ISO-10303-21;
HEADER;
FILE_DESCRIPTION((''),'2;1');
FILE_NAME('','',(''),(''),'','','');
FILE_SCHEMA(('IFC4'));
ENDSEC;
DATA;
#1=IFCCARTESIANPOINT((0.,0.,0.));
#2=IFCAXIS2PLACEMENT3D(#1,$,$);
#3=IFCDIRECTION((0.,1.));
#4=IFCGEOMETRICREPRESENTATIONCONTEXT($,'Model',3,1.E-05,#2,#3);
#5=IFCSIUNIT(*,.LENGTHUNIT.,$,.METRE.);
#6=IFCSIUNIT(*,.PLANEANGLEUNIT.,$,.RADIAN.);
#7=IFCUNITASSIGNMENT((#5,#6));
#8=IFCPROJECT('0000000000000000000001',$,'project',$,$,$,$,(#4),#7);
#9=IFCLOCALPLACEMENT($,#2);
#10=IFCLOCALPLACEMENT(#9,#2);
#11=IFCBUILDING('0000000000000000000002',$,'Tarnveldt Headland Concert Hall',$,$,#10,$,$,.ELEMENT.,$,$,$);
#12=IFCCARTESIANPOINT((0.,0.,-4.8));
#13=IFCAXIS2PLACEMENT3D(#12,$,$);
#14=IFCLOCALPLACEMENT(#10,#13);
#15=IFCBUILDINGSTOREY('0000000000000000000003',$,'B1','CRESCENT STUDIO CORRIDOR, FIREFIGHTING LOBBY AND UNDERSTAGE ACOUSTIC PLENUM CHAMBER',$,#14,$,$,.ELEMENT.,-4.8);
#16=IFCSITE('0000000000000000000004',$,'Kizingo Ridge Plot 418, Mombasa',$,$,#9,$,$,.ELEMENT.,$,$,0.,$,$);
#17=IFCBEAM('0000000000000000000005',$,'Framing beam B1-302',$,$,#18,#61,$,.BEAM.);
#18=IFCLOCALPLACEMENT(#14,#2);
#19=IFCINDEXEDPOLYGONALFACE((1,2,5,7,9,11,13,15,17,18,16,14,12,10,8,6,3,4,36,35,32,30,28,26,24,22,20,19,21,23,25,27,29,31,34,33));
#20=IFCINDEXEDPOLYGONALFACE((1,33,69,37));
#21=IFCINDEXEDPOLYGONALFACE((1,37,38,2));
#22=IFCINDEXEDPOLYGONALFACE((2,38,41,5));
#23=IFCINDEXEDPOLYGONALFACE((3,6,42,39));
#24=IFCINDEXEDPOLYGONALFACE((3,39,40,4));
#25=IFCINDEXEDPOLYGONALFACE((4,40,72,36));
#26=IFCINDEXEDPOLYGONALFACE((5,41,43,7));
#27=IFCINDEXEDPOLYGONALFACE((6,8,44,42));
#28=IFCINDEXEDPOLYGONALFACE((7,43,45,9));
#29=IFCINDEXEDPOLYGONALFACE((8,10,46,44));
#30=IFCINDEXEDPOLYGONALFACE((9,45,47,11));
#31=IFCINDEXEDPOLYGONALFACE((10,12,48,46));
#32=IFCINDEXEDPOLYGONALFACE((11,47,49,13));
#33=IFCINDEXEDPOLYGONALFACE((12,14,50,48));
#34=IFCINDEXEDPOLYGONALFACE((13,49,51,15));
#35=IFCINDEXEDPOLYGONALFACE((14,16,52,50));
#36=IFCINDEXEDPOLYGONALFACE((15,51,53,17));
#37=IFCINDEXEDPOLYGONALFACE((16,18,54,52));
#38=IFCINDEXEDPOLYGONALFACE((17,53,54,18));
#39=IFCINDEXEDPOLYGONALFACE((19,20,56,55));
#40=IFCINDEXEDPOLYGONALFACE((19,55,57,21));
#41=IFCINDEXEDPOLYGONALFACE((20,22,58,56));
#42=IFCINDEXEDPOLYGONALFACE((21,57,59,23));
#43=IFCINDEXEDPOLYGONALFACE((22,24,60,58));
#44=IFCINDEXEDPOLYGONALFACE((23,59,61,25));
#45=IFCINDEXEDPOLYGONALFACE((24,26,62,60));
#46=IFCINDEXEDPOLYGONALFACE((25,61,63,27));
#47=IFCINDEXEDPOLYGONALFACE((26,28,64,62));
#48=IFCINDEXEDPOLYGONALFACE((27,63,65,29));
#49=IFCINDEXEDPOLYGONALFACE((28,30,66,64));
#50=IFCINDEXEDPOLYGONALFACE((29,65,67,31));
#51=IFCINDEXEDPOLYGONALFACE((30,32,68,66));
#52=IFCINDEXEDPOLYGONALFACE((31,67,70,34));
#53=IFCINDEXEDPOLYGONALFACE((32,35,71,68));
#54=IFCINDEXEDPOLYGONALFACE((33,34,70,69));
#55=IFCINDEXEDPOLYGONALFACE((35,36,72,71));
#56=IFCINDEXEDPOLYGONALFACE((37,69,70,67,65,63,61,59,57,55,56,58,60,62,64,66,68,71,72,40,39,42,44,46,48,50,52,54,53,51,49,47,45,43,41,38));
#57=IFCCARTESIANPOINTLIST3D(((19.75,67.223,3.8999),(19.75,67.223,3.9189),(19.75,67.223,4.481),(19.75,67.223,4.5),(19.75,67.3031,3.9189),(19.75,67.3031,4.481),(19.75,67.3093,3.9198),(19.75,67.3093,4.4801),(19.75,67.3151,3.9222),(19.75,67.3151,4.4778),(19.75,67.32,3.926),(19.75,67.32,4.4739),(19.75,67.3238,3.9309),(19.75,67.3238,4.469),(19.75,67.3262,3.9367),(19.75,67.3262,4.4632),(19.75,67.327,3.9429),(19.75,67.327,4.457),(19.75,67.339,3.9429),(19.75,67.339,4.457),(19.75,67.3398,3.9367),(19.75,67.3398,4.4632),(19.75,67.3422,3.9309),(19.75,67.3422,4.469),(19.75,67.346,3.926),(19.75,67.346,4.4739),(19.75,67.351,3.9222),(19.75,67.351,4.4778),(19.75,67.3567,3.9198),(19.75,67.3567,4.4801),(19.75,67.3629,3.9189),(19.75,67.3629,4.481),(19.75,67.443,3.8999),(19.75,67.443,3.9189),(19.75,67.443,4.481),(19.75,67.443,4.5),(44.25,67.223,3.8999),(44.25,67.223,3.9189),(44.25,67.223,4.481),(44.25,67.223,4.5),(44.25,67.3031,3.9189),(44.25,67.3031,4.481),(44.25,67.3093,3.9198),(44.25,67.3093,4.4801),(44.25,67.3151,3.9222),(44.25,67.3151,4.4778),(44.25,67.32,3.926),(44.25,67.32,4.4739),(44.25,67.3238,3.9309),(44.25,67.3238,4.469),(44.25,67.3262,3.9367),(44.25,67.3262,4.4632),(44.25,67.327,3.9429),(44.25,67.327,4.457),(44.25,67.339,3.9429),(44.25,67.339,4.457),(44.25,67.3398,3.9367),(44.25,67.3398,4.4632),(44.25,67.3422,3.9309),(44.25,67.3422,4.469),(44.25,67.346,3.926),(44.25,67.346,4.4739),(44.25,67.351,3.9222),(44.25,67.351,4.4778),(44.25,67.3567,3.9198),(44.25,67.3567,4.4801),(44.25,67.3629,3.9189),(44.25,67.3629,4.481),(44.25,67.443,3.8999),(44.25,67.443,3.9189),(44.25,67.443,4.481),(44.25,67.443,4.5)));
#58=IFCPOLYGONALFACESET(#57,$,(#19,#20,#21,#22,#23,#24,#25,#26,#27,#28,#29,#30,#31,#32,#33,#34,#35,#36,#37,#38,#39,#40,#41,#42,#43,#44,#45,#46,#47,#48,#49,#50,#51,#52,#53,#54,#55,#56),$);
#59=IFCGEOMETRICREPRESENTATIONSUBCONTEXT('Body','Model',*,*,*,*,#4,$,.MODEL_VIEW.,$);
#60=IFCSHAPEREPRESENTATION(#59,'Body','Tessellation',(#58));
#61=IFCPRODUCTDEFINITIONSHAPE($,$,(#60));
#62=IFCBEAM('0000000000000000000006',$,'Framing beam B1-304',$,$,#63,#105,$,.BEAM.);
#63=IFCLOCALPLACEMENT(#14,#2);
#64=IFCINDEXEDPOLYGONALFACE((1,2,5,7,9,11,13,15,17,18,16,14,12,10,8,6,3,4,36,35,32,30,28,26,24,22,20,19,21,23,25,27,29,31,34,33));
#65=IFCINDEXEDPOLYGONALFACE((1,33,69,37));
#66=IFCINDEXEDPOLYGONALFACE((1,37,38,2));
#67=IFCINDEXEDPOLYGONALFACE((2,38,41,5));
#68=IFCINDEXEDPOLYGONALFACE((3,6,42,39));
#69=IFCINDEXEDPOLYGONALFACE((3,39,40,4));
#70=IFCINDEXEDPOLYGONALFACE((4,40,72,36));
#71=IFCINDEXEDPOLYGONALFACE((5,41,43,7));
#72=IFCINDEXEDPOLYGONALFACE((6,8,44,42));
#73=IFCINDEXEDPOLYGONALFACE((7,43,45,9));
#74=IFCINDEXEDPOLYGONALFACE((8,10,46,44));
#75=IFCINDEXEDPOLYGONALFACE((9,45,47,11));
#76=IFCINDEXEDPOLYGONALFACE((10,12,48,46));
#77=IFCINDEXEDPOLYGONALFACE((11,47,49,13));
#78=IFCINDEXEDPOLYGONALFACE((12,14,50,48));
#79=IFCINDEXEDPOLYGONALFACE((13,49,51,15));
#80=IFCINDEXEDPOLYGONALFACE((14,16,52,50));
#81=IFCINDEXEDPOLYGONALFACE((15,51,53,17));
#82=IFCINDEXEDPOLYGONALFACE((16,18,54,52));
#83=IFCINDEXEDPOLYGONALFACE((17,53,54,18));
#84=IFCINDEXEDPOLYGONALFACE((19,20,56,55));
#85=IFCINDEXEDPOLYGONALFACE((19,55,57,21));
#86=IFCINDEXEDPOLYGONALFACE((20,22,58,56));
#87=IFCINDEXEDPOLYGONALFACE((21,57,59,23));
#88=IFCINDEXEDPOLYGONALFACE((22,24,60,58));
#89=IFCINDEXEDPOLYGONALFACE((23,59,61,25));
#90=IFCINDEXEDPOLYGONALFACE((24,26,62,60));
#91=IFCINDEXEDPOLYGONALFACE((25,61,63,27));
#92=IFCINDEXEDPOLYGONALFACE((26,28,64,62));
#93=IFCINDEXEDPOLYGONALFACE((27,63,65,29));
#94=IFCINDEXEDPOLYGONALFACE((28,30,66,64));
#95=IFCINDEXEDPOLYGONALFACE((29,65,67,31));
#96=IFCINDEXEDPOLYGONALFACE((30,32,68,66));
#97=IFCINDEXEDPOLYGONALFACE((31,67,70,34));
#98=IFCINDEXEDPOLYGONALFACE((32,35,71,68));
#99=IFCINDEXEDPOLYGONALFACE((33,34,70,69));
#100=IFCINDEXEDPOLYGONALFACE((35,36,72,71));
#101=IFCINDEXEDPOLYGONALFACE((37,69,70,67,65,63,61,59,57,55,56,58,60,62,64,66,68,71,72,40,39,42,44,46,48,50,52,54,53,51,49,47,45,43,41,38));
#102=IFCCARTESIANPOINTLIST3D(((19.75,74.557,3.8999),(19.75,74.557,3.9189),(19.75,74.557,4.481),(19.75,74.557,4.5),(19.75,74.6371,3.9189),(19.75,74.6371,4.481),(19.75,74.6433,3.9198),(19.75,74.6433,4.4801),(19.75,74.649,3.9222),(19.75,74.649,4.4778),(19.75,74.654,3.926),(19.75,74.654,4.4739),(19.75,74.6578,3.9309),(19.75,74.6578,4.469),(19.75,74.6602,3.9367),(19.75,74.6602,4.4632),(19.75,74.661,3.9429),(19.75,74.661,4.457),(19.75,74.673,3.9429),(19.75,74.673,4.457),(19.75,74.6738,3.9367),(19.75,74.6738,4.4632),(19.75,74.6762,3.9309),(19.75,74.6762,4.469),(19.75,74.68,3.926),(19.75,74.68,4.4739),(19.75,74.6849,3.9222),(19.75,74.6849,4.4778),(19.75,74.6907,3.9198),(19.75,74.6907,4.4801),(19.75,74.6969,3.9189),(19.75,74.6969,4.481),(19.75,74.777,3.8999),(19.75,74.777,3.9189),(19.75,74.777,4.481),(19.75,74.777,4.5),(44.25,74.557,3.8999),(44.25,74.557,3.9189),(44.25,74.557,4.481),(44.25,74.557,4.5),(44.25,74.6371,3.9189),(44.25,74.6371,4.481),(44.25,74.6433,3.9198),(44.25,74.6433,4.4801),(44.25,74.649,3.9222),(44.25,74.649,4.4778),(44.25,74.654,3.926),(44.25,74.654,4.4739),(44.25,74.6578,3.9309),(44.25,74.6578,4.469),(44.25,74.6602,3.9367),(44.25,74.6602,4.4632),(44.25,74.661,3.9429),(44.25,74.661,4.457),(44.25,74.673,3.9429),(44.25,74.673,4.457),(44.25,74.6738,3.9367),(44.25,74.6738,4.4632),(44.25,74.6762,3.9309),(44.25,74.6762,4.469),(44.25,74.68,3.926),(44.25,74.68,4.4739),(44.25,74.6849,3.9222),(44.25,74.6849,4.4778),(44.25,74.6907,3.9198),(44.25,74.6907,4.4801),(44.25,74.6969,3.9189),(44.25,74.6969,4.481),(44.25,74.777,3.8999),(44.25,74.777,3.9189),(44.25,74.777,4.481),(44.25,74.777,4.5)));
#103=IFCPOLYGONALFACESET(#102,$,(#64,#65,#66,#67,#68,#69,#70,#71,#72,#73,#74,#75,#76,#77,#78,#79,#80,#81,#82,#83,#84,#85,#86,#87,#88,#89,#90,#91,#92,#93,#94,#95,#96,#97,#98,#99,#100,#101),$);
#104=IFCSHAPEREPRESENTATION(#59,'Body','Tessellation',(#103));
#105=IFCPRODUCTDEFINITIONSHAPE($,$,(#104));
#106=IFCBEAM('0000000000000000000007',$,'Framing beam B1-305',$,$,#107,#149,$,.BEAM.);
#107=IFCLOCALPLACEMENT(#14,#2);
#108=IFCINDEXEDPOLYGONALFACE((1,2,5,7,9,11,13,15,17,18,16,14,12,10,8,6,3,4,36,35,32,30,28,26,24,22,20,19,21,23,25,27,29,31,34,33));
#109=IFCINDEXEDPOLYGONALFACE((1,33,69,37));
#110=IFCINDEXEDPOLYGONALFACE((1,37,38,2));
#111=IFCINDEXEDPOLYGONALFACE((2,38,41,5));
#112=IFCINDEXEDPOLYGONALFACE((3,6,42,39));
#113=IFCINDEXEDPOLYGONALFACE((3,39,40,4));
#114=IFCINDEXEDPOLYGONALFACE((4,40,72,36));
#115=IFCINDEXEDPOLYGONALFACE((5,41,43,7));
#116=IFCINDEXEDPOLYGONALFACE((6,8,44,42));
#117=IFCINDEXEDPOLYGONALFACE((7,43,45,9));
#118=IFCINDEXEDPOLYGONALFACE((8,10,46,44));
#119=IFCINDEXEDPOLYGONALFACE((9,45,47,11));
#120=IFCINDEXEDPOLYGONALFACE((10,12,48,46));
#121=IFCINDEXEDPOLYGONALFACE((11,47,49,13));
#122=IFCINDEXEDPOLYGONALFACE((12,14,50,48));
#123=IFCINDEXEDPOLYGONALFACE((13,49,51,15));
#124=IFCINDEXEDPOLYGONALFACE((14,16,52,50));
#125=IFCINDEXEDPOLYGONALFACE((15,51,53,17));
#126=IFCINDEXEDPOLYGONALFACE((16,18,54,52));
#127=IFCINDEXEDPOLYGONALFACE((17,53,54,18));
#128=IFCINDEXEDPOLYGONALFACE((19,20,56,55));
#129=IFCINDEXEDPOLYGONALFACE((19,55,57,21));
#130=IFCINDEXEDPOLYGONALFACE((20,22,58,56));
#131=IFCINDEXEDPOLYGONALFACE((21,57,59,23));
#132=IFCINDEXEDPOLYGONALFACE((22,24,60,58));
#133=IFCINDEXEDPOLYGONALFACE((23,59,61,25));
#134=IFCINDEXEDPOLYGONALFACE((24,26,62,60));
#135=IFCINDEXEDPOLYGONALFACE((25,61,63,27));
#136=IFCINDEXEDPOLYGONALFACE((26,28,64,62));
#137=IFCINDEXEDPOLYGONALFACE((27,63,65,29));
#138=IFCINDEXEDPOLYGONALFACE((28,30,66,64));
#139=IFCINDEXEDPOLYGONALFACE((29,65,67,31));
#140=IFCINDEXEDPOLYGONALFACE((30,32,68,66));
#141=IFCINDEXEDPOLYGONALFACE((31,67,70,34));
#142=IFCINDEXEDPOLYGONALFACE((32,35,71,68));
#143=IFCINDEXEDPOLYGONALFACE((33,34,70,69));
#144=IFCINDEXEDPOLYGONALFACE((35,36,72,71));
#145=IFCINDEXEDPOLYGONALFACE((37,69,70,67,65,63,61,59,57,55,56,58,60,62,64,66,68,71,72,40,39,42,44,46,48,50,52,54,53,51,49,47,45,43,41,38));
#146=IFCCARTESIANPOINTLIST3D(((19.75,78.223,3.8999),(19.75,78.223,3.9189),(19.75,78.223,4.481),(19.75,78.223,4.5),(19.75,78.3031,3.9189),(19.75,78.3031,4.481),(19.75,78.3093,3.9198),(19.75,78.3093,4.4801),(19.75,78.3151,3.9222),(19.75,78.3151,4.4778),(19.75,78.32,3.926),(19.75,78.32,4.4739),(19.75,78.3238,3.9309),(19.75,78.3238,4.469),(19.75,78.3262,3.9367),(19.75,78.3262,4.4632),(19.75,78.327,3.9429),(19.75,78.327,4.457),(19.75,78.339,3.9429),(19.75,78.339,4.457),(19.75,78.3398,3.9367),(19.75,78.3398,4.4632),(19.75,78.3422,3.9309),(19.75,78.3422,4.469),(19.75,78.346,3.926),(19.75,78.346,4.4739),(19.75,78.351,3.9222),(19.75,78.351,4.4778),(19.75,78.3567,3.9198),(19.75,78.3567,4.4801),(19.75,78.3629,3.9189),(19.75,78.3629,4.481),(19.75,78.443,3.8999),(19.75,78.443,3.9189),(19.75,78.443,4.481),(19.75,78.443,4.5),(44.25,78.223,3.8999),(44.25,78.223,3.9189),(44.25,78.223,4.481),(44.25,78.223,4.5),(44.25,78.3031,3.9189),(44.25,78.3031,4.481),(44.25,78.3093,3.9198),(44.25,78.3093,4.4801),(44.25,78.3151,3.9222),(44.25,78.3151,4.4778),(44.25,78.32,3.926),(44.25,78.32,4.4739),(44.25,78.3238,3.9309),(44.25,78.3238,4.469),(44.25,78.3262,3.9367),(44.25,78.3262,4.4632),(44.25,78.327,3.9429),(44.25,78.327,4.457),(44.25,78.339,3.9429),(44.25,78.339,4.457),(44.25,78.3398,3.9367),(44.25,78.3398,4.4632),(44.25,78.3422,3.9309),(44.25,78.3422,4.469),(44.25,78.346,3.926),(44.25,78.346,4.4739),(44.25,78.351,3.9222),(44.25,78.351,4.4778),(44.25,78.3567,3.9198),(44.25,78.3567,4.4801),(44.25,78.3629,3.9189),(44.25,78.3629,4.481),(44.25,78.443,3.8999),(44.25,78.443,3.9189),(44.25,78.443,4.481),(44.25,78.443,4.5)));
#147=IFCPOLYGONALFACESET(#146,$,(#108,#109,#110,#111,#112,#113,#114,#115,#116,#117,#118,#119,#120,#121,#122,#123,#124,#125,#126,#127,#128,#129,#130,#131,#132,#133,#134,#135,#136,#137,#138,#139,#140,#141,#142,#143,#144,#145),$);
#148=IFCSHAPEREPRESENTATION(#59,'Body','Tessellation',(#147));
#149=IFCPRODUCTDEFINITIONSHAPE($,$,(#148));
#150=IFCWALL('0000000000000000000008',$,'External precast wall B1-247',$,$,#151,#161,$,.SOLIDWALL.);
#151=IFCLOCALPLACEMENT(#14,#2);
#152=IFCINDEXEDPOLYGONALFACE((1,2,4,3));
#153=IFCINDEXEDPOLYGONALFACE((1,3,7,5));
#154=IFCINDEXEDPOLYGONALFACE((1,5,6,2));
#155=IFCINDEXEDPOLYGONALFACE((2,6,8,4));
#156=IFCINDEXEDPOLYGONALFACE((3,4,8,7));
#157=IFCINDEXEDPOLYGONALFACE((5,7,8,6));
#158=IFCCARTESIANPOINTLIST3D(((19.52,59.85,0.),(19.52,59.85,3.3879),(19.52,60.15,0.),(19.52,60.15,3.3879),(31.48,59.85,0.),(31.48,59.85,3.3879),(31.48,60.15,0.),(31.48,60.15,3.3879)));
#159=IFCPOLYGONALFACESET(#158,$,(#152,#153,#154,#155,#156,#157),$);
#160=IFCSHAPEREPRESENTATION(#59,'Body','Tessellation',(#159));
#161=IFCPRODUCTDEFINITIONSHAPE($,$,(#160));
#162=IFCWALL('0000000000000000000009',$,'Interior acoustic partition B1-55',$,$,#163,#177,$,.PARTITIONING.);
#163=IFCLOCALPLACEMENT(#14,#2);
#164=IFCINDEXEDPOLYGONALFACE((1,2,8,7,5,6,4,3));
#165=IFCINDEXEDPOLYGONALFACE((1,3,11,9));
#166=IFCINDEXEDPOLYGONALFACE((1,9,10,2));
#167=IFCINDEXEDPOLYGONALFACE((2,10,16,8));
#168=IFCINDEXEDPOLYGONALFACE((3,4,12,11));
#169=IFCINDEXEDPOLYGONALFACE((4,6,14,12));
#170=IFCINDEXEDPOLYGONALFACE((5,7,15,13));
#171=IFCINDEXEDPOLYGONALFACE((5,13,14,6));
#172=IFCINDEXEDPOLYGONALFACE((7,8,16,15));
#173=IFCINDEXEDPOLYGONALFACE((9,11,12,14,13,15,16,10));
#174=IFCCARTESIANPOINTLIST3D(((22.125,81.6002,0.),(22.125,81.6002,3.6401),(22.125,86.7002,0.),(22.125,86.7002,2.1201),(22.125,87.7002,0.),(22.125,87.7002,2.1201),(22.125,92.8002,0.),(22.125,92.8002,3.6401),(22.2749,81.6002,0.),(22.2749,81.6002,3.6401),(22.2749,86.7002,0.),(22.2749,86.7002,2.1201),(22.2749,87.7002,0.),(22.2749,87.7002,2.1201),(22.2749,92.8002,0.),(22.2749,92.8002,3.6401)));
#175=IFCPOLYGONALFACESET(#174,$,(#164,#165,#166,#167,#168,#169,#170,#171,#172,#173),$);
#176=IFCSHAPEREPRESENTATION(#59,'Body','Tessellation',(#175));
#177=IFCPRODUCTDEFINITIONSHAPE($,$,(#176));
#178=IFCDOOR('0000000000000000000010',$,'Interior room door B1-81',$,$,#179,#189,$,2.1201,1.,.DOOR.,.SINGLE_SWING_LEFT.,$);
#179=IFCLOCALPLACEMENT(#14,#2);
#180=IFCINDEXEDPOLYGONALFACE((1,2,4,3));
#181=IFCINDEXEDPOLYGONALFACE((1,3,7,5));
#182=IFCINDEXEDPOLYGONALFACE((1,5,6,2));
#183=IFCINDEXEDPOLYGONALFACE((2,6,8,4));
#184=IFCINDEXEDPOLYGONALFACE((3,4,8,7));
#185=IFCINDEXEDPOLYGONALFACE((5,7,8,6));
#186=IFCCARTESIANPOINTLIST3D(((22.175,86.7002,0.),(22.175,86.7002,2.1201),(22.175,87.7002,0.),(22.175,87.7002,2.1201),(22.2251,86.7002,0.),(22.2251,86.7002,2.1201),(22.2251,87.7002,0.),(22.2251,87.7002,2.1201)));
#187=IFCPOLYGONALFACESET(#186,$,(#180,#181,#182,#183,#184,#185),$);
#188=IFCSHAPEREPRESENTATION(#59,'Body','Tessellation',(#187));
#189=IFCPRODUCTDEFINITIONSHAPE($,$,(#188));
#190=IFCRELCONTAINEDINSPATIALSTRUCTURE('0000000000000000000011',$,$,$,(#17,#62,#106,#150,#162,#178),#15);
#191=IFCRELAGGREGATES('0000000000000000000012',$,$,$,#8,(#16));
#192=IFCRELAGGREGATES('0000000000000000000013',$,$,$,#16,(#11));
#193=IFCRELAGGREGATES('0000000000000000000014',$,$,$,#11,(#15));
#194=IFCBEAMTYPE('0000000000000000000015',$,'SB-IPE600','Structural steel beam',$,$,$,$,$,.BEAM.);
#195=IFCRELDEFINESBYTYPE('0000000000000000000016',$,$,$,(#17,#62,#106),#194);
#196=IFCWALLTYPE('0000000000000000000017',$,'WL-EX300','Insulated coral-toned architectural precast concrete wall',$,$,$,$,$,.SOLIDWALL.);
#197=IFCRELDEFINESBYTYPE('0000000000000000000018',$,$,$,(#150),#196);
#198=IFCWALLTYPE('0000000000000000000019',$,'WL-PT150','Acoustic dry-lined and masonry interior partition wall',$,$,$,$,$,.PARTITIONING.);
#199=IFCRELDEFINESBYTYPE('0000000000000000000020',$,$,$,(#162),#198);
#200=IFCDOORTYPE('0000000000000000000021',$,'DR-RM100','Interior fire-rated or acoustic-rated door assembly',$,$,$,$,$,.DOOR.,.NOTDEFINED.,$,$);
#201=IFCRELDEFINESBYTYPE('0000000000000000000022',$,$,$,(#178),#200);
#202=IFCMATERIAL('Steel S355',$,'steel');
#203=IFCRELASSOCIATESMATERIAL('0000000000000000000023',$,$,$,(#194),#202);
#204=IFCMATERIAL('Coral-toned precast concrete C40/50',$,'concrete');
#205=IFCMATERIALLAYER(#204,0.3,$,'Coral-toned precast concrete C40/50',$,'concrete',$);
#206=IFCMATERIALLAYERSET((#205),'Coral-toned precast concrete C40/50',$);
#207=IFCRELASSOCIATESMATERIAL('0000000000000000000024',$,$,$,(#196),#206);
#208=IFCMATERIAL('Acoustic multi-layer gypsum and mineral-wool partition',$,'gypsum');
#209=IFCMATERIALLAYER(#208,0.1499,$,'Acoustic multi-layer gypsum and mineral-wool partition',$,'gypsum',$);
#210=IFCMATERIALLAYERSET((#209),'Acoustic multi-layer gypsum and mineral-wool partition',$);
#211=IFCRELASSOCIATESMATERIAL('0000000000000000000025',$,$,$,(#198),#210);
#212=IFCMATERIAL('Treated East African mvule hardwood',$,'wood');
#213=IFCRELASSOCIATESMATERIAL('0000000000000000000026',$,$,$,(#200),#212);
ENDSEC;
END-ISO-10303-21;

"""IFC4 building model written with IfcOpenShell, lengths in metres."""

from ifc_helpers import new_model, si_unit, direction, frame, frame_2d, origin, origin_2d, place, context, subcontext, project, spatial, rectangle, i_section, extrude, material, layer, layer_set, material_profile, profile_set, type_object, element, fill, save


model = new_model("IFC4")

# Units and contexts
model_context = context("Model", 3, precision=1e-05, world=origin(), true_north=direction((0.0, 1.0)))
body_context = subcontext(model_context, "Body", "Model", "MODEL_VIEW")
ifc_project = project(units=[si_unit("LENGTHUNIT", "METRE"), si_unit("PLANEANGLEUNIT", "RADIAN")], contexts=[model_context])

# Site, building, storey
site_placement = place(None, origin())
site = spatial("IfcSite", under=ifc_project, at=site_placement, Name="Kizingo Ridge Plot 418, Mombasa", CompositionType="ELEMENT", RefElevation=0.0)
building_placement = place(site_placement, origin())
building = spatial("IfcBuilding", under=site, at=building_placement, Name="Tarnveldt Headland Concert Hall", CompositionType="ELEMENT")
storey_placement = place(building_placement, frame((0.0, 0.0, -4.8)))
storey = spatial("IfcBuildingStorey", under=building, at=storey_placement, Name="B1", Description="CRESCENT STUDIO CORRIDOR, FIREFIGHTING LOBBY AND UNDERSTAGE ACOUSTIC PLENUM CHAMBER", CompositionType="ELEMENT", Elevation=-4.8)

# Beams
ifc_material_1 = material(Name="Steel S355", Category="steel")
ifc_material_profile_1 = material_profile(ifc_material_1, i_section(OverallWidth=0.22, OverallDepth=0.6001, WebThickness=0.012, FlangeThickness=0.019, FilletRadius=0.0239, at=origin_2d()), Name="IPE600", Category="steel")
ifc_profile_set_1 = profile_set([ifc_material_profile_1], Name="Steel S355")
beam_type_1 = type_object("IfcBeamType", Name="SB-IPE600", Description="Structural steel beam", PredefinedType="BEAM", material=ifc_profile_set_1)
for number, where, z_axis, x_axis, name in (
    (1, (19.75, 67.333, 4.2), (1.0, 0.0, 0.0), (0.0, 1.0, 0.0), "Framing beam B1-302"),
    (2, (19.75, 74.667, 4.2), (1.0, 0.0, 0.0), (0.0, 1.0, 0.0), "Framing beam B1-304"),
    (3, (19.75, 78.333, 4.2), (1.0, 0.0, 0.0), (0.0, 1.0, 0.0), "Framing beam B1-305"),
):
    element("IfcBeam", number, at=place(storey_placement, frame(where, z_axis=z_axis, x_axis=x_axis)), inside=storey, type_object=beam_type_1, Name=name, PredefinedType="BEAM", context=body_context, shape_type="SweptSolid", body=[
        extrude(i_section(OverallWidth=0.22, OverallDepth=0.6001, WebThickness=0.012, FlangeThickness=0.019, FilletRadius=0.0239, at=origin_2d()), origin(), (0.0, 0.0, 1.0), 24.5),
    ])

# Wall
ifc_material_2 = material(Name="Coral-toned precast concrete C40/50", Category="concrete")
ifc_layer_1 = layer(ifc_material_2, 0.3, Name="Coral-toned precast concrete C40/50", Category="concrete")
ifc_layer_set_1 = layer_set([ifc_layer_1], Name="Coral-toned precast concrete C40/50")
wall_type_1 = type_object("IfcWallType", Name="WL-EX300", Description="Insulated coral-toned architectural precast concrete wall", PredefinedType="SOLIDWALL", material=ifc_layer_set_1)
wall_1_placement = place(storey_placement, frame((31.48, 60.0, 0.0), z_axis=(0.0, 0.0, 1.0), x_axis=(-1.0, 0.0, 0.0)))
element("IfcWall", 4, at=wall_1_placement, inside=storey, type_object=wall_type_1, Name="External precast wall B1-247", PredefinedType="SOLIDWALL", context=body_context, shape_type="SweptSolid", body=[
    extrude(rectangle(XDim=11.96, YDim=0.3, at=frame_2d((5.98, 0.0))), origin(), (0.0, 0.0, 1.0), 3.3879),
])

# Wall, opening, door
ifc_material_3 = material(Name="Acoustic multi-layer gypsum and mineral-wool partition", Category="gypsum")
ifc_layer_2 = layer(ifc_material_3, 0.1499, Name="Acoustic multi-layer gypsum and mineral-wool partition", Category="gypsum")
ifc_layer_set_2 = layer_set([ifc_layer_2], Name="Acoustic multi-layer gypsum and mineral-wool partition")
wall_type_2 = type_object("IfcWallType", Name="WL-PT150", Description="Acoustic dry-lined and masonry interior partition wall", PredefinedType="PARTITIONING", material=ifc_layer_set_2)
wall_2_placement = place(storey_placement, frame((22.2, 81.6001, 0.0), z_axis=(0.0, 0.0, 1.0), x_axis=(0.0, 1.0, 0.0)))
wall_2 = element("IfcWall", 5, at=wall_2_placement, inside=storey, type_object=wall_type_2, Name="Interior acoustic partition B1-55", PredefinedType="PARTITIONING", context=body_context, shape_type="SweptSolid", body=[
    extrude(rectangle(XDim=11.2, YDim=0.1499, at=frame_2d((5.6001, 0.0))), origin(), (0.0, 0.0, 1.0), 3.6401),
])
opening_1_placement = place(wall_2_placement, frame((5.1001, 0.0, 0.0)))
opening_1 = element("IfcOpeningElement", 6, at=opening_1_placement, cuts=wall_2, PredefinedType="OPENING", context=body_context, shape_type="SweptSolid", body=[
    extrude(rectangle(XDim=1.0, YDim=2.1201, at=frame_2d((0.5, 1.0601))), frame((0.0, 0.085, 0.0), z_axis=(0.0, -1.0, 0.0), x_axis=(1.0, 0.0, 0.0)), (0.0, 0.0, 1.0), 0.1699),
])
ifc_material_4 = material(Name="Treated East African mvule hardwood", Category="wood")
door_type_1 = type_object("IfcDoorType", Name="DR-RM100", Description="Interior fire-rated or acoustic-rated door assembly", OperationType="NOTDEFINED", PredefinedType="DOOR", material=ifc_material_4)
door_1_placement = place(opening_1_placement, origin())
door_1 = element("IfcDoor", 7, at=door_1_placement, inside=storey, type_object=door_type_1, Name="Interior room door B1-81", OperationType="SINGLE_SWING_LEFT", OverallHeight=2.1201, OverallWidth=1.0, PredefinedType="DOOR", context=body_context, shape_type="SweptSolid", body=[
    extrude(rectangle(XDim=1.0, YDim=2.1201, at=frame_2d((0.5, 1.0601))), frame((0.0, 0.0249, 0.0), z_axis=(0.0, -1.0, 0.0), x_axis=(1.0, 0.0, 0.0)), (0.0, 0.0, 1.0), 0.05),
])
fill(opening_1, door_1)

save(model, "model.ifc")
